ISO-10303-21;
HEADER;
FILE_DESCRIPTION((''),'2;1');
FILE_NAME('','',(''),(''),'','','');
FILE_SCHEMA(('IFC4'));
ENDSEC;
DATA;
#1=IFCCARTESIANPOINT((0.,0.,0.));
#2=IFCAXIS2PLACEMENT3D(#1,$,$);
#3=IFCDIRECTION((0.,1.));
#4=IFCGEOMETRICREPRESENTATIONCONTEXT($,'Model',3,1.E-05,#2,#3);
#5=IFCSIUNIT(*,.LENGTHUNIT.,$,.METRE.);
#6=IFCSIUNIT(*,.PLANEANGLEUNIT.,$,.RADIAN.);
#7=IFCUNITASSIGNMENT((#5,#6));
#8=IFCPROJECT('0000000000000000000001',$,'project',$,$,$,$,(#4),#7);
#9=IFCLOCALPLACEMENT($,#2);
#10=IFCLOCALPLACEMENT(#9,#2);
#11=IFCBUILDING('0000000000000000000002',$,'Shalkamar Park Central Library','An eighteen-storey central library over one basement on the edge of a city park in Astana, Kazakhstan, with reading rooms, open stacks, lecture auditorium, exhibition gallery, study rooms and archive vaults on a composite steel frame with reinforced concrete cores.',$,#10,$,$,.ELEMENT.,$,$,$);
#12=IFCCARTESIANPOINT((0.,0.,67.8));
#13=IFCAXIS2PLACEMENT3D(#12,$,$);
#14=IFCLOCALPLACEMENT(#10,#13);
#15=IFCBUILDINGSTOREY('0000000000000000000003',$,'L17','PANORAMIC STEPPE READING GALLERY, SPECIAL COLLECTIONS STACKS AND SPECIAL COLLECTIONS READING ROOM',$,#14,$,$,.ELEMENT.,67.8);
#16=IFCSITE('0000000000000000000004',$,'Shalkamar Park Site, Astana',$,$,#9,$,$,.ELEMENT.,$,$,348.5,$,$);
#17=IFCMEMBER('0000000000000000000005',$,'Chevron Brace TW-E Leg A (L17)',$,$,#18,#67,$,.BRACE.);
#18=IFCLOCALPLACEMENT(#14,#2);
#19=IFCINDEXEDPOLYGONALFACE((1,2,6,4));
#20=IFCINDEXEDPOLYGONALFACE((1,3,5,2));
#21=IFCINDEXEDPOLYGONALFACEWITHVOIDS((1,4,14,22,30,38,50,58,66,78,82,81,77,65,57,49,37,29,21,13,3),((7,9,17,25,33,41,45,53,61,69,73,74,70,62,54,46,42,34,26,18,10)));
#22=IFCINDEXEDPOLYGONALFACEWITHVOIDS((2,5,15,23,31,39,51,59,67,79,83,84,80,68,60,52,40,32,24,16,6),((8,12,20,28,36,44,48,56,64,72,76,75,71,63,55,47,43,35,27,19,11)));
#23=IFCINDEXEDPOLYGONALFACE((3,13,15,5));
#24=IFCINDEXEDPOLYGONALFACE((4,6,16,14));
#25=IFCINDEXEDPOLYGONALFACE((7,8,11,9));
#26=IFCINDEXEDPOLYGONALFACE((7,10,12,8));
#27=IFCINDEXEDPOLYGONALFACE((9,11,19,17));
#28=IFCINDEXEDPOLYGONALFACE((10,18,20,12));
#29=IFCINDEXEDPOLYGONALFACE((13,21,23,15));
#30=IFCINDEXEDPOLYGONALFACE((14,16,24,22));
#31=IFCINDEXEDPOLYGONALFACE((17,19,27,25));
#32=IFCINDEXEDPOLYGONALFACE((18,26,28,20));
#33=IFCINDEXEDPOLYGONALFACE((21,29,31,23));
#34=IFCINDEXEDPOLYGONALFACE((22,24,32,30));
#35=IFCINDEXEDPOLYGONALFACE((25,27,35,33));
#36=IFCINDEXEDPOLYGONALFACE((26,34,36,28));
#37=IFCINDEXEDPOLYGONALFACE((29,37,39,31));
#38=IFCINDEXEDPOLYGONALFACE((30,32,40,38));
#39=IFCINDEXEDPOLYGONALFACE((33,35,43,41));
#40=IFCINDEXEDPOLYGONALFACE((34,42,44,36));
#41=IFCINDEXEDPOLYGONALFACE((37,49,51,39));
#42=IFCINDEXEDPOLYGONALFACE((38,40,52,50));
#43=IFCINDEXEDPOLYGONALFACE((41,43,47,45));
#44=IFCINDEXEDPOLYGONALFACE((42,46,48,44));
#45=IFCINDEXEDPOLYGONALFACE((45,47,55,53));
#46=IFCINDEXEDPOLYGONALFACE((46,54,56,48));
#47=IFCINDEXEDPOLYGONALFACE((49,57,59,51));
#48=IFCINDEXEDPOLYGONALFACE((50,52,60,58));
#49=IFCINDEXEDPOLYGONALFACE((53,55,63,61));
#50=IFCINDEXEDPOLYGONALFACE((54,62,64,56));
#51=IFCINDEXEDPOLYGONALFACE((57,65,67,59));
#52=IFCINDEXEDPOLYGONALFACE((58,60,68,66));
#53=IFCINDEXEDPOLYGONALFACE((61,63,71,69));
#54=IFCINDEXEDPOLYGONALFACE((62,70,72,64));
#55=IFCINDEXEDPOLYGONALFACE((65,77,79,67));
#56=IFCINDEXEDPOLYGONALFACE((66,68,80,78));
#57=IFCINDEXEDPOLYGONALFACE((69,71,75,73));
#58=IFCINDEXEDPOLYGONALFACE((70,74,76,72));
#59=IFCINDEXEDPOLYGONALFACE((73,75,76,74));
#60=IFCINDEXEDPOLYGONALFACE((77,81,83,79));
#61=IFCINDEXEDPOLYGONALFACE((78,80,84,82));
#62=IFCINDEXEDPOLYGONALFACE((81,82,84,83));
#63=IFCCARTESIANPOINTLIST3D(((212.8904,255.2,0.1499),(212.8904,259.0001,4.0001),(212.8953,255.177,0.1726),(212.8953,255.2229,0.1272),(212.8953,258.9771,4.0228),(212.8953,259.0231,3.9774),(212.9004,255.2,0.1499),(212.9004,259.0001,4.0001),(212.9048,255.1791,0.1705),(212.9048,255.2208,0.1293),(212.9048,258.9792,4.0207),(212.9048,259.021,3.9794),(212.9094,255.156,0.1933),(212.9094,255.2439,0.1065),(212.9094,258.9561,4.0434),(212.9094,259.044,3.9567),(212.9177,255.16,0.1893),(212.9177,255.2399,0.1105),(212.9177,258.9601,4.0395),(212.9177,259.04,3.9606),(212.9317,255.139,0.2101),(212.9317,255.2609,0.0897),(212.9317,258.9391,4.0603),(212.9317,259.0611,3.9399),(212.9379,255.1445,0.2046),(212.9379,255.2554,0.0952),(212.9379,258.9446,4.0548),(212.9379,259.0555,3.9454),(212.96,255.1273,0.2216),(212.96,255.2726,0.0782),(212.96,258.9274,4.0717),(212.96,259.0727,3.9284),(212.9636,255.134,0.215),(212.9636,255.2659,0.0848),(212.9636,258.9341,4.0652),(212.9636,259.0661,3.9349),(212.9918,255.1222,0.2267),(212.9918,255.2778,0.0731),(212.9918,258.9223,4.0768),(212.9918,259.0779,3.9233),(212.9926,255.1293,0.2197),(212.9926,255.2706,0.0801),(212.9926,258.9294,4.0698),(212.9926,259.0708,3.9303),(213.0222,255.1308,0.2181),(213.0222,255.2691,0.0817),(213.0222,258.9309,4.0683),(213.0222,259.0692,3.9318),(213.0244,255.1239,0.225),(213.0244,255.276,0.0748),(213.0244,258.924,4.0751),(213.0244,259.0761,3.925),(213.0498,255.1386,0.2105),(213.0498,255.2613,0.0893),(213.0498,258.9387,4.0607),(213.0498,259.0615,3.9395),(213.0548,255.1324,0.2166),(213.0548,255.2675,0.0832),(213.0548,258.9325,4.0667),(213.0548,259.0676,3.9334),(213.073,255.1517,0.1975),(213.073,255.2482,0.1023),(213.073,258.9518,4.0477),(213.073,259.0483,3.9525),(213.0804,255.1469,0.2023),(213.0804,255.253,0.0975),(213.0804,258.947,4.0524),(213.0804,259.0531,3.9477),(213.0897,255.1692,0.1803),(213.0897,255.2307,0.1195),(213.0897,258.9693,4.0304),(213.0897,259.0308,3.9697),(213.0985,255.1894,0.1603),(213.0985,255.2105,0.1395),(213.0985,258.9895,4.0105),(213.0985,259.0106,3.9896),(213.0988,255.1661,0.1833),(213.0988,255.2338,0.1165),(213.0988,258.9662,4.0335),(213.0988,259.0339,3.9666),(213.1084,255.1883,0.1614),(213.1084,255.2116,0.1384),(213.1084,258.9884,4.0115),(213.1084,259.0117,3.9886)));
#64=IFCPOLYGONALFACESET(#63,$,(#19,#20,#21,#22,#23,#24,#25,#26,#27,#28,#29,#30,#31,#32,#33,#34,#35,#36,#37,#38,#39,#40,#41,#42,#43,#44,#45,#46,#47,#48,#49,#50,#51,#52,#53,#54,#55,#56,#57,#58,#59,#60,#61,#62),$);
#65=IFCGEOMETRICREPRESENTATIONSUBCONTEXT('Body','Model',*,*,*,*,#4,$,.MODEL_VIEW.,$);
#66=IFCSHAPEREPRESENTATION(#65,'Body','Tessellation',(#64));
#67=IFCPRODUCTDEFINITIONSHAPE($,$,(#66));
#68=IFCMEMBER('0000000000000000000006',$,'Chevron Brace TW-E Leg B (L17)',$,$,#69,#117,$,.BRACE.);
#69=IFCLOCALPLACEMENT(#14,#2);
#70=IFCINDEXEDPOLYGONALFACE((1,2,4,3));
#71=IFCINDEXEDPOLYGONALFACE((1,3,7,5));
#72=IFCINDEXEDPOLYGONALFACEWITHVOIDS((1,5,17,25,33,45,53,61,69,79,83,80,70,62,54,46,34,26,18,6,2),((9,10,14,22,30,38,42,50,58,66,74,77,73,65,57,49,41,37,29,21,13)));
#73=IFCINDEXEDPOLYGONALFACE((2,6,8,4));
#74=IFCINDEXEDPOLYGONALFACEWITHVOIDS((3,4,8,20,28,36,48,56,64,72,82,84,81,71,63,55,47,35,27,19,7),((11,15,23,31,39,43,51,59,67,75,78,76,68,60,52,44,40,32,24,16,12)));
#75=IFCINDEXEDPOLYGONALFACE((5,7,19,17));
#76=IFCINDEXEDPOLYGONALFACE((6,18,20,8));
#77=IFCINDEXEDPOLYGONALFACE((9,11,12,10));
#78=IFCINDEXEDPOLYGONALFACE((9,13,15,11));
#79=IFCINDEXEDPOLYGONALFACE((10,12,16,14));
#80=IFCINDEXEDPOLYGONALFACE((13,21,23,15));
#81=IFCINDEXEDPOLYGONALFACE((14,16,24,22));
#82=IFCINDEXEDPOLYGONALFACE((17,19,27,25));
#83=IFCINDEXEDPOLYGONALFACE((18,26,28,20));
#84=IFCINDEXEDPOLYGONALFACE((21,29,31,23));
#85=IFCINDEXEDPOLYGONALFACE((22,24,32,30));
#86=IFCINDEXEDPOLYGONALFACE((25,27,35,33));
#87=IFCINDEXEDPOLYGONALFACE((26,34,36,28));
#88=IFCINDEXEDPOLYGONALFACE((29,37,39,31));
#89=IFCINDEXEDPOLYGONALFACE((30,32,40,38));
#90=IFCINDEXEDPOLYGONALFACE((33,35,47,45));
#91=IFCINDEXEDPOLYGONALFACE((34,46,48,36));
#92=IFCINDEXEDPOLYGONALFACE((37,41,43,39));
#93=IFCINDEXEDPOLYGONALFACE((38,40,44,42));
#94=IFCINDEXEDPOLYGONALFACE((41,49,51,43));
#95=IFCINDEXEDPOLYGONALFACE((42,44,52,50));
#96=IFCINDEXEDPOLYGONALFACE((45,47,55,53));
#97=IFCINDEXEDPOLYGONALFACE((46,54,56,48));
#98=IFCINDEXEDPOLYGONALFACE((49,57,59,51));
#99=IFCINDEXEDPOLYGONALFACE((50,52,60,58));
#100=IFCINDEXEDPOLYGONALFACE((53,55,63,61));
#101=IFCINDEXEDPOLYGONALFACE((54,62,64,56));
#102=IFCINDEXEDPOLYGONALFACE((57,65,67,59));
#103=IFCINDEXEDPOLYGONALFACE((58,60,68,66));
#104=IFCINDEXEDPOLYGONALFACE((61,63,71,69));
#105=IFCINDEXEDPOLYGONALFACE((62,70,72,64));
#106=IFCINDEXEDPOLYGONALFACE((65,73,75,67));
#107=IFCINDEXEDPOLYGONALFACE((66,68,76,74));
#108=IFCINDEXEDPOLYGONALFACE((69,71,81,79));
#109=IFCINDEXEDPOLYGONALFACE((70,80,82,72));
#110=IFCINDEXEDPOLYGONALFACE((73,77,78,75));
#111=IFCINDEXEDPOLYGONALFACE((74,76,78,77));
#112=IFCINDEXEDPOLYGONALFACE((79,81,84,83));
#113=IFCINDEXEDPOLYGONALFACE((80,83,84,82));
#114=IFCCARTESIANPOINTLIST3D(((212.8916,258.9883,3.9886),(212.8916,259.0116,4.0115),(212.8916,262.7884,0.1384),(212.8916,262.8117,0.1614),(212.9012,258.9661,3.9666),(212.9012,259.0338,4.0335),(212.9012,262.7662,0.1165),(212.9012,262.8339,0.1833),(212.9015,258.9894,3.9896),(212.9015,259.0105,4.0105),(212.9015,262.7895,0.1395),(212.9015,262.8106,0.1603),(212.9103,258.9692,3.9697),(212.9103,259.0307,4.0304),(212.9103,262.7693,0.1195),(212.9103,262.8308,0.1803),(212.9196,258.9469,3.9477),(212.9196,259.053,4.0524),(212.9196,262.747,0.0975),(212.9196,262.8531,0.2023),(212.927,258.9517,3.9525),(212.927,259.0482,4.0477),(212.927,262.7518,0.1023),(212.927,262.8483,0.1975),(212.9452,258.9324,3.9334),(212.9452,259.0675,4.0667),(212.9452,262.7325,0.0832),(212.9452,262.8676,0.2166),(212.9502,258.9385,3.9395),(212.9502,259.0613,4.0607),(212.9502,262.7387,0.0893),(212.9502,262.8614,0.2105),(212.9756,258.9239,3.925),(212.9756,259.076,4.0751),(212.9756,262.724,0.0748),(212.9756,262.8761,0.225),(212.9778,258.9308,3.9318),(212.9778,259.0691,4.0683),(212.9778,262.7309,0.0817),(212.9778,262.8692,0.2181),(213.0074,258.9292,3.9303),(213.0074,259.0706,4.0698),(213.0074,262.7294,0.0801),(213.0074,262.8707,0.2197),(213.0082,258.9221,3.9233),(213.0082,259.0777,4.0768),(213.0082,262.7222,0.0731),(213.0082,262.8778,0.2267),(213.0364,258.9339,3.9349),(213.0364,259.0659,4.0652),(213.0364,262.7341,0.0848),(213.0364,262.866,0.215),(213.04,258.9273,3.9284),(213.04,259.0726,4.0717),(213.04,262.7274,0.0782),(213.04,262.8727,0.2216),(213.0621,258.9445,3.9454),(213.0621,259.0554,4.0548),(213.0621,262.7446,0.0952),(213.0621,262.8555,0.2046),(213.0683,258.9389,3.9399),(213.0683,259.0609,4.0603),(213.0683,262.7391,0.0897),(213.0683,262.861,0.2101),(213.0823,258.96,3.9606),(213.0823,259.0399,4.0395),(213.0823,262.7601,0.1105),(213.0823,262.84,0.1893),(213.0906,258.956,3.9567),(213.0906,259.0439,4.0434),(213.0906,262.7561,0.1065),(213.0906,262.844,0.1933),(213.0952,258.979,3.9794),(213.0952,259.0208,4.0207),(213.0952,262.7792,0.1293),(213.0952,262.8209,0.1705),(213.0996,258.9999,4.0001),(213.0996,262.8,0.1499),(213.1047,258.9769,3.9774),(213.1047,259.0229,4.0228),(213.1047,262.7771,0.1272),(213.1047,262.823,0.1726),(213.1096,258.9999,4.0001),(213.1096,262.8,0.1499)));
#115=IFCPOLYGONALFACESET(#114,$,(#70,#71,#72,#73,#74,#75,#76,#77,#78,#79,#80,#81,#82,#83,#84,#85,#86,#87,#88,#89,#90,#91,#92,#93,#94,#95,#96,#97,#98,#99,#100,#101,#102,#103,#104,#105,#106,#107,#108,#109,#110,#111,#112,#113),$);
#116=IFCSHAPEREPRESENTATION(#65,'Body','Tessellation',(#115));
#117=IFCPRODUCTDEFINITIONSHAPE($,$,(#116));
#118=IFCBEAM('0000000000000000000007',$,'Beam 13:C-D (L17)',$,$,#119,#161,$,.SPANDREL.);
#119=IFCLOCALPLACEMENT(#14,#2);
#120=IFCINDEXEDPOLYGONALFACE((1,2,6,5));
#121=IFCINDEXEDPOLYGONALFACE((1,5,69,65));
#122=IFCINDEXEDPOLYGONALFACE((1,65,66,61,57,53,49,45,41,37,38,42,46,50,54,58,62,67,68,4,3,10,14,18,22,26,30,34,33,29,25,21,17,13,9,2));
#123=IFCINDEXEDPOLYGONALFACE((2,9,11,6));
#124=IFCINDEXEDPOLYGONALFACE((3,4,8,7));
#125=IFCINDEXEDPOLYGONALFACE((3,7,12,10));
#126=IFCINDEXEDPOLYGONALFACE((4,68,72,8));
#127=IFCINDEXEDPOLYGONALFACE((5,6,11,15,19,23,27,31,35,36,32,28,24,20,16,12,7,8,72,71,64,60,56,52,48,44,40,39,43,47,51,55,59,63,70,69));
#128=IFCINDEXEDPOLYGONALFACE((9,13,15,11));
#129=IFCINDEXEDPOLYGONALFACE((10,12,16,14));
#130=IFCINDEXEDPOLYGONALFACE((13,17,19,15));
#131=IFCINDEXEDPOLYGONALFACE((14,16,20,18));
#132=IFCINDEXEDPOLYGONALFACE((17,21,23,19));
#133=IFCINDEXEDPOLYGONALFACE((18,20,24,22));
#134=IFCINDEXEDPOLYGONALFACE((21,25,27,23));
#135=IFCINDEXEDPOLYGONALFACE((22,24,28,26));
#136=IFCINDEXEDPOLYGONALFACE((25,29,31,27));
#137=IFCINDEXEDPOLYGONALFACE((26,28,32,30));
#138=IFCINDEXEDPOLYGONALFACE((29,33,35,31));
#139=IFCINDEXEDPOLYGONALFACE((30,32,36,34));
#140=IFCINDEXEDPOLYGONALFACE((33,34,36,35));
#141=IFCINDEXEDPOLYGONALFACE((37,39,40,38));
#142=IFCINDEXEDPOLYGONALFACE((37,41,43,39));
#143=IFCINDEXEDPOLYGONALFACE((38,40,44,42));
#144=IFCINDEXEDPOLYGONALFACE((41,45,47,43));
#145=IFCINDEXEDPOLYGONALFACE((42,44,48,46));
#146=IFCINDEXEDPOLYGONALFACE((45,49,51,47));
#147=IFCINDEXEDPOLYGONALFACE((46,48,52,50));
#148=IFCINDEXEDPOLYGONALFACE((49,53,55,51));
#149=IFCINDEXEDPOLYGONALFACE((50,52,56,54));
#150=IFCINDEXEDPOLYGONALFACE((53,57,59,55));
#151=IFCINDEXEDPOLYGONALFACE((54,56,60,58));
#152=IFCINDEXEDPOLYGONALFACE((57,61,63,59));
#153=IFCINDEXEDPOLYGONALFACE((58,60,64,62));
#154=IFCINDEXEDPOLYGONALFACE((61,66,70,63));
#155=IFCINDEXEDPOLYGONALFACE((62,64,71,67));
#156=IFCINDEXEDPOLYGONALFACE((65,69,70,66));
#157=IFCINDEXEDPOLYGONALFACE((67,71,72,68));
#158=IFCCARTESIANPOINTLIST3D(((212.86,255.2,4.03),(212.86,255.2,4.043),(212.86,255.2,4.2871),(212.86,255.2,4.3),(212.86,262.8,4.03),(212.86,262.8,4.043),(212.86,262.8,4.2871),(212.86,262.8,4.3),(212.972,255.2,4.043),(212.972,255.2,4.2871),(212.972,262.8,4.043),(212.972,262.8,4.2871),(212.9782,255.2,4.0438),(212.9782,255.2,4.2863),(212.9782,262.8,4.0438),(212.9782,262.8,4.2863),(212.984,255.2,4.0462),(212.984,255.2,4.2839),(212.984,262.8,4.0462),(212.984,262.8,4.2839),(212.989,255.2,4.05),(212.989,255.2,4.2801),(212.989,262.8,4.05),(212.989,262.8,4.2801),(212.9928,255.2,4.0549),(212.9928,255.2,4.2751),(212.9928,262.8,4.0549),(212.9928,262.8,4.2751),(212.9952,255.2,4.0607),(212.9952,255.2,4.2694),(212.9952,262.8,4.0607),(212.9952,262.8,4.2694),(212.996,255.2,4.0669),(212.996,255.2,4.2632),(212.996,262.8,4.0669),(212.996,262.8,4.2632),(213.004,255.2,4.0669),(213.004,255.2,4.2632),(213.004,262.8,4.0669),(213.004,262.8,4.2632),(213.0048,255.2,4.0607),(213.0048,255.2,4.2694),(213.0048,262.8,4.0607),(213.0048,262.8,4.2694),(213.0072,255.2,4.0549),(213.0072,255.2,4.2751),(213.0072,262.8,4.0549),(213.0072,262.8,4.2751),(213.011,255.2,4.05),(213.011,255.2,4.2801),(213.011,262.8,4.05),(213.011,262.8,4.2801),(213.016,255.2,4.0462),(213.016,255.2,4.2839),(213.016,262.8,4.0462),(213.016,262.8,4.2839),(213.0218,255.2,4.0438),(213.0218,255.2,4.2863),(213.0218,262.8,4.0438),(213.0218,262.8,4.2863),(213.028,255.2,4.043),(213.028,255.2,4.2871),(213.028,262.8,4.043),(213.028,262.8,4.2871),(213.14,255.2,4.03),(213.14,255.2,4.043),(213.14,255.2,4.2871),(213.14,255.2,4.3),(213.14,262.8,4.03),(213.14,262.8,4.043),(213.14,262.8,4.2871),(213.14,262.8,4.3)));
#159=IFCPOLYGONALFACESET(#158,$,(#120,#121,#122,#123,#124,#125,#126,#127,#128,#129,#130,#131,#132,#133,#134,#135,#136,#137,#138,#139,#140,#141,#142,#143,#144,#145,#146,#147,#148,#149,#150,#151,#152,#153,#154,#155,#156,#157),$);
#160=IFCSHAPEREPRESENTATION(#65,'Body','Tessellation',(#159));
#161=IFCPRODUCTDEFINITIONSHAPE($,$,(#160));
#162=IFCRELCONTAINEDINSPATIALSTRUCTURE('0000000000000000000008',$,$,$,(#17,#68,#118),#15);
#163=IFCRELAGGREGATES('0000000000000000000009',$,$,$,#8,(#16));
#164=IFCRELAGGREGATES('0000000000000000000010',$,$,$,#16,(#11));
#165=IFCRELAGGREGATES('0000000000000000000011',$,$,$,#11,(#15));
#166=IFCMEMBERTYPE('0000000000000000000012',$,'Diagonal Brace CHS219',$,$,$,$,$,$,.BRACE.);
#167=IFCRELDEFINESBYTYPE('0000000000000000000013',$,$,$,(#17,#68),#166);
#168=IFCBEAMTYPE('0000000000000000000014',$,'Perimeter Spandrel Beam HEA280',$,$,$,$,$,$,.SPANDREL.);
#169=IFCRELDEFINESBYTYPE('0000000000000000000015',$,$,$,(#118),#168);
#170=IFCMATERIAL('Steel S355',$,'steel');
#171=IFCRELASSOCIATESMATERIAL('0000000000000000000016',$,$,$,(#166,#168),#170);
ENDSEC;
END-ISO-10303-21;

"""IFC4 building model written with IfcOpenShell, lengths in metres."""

from ifc_helpers import new_model, si_unit, direction, frame, origin, origin_2d, place, context, subcontext, project, spatial, hollow_circle, i_section, extrude, material, material_profile, profile_set, type_object, element, save


model = new_model("IFC4")

# Units and contexts
model_context = context("Model", 3, precision=1e-05, world=origin(), true_north=direction((0.0, 1.0)))
body_context = subcontext(model_context, "Body", "Model", "MODEL_VIEW")
ifc_project = project(units=[si_unit("LENGTHUNIT", "METRE"), si_unit("PLANEANGLEUNIT", "RADIAN")], contexts=[model_context])

# Site, building, storey
site_placement = place(None, origin())
site = spatial("IfcSite", under=ifc_project, at=site_placement, Name="Shalkamar Park Site, Astana", CompositionType="ELEMENT", RefElevation=348.5)
building_placement = place(site_placement, origin())
building = spatial("IfcBuilding", under=site, at=building_placement, Name="Shalkamar Park Central Library", Description="An eighteen-storey central library over one basement on the edge of a city park in Astana, Kazakhstan, with reading rooms, open stacks, lecture auditorium, exhibition gallery, study rooms and archive vaults on a composite steel frame with reinforced concrete cores.", CompositionType="ELEMENT")
storey_placement = place(building_placement, frame((0.0, 0.0, 67.8)))
storey = spatial("IfcBuildingStorey", under=building, at=storey_placement, Name="L17", Description="PANORAMIC STEPPE READING GALLERY, SPECIAL COLLECTIONS STACKS AND SPECIAL COLLECTIONS READING ROOM", CompositionType="ELEMENT", Elevation=67.8)

# Shared definitions
ifc_material_1 = material(Name="Steel S355", Category="steel")

# Members
ifc_material_profile_1 = material_profile(ifc_material_1, hollow_circle(Radius=0.1096, WallThickness=0.01, at=origin_2d()), Name="CHS 219.1x10")
ifc_profile_set_1 = profile_set([ifc_material_profile_1], Name="Steel S355")
member_type = type_object("IfcMemberType", Name="Diagonal Brace CHS219", PredefinedType="BRACE", material=ifc_profile_set_1)
for number, where, z_axis, x_axis, name in (
    (1, (213.0, 255.2, 0.1499), (0.0, 0.702466, 0.711718), (-1.0, 0.0, 0.0), "Chevron Brace TW-E Leg A (L17)"),
    (2, (213.0, 262.8, 0.1499), (0.0, -0.702466, 0.711718), (1.0, 0.0, 0.0), "Chevron Brace TW-E Leg B (L17)"),
):
    element("IfcMember", number, at=place(storey_placement, frame(where, z_axis=z_axis, x_axis=x_axis)), inside=storey, type_object=member_type, Name=name, PredefinedType="BRACE", context=body_context, shape_type="SweptSolid", body=[
        extrude(hollow_circle(Radius=0.1096, WallThickness=0.01, at=origin_2d()), origin(), (0.0, 0.0, 1.0), 5.4097),
    ])

# Beam
ifc_material_profile_2 = material_profile(ifc_material_1, i_section(OverallWidth=0.28, OverallDepth=0.27, WebThickness=0.0081, FlangeThickness=0.0129, FilletRadius=0.0239, at=origin_2d()), Name="HEA 280")
ifc_profile_set_2 = profile_set([ifc_material_profile_2], Name="Steel S355")
beam_type_1 = type_object("IfcBeamType", Name="Perimeter Spandrel Beam HEA280", PredefinedType="SPANDREL", material=ifc_profile_set_2)
beam_1_placement = place(storey_placement, frame((213.0, 255.2, 4.165), z_axis=(0.0, 1.0, 0.0), x_axis=(-1.0, 0.0, 0.0)))
element("IfcBeam", 3, at=beam_1_placement, inside=storey, type_object=beam_type_1, Name="Beam 13:C-D (L17)", PredefinedType="SPANDREL", context=body_context, shape_type="SweptSolid", body=[
    extrude(i_section(OverallWidth=0.28, OverallDepth=0.27, WebThickness=0.0081, FlangeThickness=0.0129, FilletRadius=0.0239, at=origin_2d()), origin(), (0.0, 0.0, 1.0), 7.6001),
])

save(model, "model.ifc")
